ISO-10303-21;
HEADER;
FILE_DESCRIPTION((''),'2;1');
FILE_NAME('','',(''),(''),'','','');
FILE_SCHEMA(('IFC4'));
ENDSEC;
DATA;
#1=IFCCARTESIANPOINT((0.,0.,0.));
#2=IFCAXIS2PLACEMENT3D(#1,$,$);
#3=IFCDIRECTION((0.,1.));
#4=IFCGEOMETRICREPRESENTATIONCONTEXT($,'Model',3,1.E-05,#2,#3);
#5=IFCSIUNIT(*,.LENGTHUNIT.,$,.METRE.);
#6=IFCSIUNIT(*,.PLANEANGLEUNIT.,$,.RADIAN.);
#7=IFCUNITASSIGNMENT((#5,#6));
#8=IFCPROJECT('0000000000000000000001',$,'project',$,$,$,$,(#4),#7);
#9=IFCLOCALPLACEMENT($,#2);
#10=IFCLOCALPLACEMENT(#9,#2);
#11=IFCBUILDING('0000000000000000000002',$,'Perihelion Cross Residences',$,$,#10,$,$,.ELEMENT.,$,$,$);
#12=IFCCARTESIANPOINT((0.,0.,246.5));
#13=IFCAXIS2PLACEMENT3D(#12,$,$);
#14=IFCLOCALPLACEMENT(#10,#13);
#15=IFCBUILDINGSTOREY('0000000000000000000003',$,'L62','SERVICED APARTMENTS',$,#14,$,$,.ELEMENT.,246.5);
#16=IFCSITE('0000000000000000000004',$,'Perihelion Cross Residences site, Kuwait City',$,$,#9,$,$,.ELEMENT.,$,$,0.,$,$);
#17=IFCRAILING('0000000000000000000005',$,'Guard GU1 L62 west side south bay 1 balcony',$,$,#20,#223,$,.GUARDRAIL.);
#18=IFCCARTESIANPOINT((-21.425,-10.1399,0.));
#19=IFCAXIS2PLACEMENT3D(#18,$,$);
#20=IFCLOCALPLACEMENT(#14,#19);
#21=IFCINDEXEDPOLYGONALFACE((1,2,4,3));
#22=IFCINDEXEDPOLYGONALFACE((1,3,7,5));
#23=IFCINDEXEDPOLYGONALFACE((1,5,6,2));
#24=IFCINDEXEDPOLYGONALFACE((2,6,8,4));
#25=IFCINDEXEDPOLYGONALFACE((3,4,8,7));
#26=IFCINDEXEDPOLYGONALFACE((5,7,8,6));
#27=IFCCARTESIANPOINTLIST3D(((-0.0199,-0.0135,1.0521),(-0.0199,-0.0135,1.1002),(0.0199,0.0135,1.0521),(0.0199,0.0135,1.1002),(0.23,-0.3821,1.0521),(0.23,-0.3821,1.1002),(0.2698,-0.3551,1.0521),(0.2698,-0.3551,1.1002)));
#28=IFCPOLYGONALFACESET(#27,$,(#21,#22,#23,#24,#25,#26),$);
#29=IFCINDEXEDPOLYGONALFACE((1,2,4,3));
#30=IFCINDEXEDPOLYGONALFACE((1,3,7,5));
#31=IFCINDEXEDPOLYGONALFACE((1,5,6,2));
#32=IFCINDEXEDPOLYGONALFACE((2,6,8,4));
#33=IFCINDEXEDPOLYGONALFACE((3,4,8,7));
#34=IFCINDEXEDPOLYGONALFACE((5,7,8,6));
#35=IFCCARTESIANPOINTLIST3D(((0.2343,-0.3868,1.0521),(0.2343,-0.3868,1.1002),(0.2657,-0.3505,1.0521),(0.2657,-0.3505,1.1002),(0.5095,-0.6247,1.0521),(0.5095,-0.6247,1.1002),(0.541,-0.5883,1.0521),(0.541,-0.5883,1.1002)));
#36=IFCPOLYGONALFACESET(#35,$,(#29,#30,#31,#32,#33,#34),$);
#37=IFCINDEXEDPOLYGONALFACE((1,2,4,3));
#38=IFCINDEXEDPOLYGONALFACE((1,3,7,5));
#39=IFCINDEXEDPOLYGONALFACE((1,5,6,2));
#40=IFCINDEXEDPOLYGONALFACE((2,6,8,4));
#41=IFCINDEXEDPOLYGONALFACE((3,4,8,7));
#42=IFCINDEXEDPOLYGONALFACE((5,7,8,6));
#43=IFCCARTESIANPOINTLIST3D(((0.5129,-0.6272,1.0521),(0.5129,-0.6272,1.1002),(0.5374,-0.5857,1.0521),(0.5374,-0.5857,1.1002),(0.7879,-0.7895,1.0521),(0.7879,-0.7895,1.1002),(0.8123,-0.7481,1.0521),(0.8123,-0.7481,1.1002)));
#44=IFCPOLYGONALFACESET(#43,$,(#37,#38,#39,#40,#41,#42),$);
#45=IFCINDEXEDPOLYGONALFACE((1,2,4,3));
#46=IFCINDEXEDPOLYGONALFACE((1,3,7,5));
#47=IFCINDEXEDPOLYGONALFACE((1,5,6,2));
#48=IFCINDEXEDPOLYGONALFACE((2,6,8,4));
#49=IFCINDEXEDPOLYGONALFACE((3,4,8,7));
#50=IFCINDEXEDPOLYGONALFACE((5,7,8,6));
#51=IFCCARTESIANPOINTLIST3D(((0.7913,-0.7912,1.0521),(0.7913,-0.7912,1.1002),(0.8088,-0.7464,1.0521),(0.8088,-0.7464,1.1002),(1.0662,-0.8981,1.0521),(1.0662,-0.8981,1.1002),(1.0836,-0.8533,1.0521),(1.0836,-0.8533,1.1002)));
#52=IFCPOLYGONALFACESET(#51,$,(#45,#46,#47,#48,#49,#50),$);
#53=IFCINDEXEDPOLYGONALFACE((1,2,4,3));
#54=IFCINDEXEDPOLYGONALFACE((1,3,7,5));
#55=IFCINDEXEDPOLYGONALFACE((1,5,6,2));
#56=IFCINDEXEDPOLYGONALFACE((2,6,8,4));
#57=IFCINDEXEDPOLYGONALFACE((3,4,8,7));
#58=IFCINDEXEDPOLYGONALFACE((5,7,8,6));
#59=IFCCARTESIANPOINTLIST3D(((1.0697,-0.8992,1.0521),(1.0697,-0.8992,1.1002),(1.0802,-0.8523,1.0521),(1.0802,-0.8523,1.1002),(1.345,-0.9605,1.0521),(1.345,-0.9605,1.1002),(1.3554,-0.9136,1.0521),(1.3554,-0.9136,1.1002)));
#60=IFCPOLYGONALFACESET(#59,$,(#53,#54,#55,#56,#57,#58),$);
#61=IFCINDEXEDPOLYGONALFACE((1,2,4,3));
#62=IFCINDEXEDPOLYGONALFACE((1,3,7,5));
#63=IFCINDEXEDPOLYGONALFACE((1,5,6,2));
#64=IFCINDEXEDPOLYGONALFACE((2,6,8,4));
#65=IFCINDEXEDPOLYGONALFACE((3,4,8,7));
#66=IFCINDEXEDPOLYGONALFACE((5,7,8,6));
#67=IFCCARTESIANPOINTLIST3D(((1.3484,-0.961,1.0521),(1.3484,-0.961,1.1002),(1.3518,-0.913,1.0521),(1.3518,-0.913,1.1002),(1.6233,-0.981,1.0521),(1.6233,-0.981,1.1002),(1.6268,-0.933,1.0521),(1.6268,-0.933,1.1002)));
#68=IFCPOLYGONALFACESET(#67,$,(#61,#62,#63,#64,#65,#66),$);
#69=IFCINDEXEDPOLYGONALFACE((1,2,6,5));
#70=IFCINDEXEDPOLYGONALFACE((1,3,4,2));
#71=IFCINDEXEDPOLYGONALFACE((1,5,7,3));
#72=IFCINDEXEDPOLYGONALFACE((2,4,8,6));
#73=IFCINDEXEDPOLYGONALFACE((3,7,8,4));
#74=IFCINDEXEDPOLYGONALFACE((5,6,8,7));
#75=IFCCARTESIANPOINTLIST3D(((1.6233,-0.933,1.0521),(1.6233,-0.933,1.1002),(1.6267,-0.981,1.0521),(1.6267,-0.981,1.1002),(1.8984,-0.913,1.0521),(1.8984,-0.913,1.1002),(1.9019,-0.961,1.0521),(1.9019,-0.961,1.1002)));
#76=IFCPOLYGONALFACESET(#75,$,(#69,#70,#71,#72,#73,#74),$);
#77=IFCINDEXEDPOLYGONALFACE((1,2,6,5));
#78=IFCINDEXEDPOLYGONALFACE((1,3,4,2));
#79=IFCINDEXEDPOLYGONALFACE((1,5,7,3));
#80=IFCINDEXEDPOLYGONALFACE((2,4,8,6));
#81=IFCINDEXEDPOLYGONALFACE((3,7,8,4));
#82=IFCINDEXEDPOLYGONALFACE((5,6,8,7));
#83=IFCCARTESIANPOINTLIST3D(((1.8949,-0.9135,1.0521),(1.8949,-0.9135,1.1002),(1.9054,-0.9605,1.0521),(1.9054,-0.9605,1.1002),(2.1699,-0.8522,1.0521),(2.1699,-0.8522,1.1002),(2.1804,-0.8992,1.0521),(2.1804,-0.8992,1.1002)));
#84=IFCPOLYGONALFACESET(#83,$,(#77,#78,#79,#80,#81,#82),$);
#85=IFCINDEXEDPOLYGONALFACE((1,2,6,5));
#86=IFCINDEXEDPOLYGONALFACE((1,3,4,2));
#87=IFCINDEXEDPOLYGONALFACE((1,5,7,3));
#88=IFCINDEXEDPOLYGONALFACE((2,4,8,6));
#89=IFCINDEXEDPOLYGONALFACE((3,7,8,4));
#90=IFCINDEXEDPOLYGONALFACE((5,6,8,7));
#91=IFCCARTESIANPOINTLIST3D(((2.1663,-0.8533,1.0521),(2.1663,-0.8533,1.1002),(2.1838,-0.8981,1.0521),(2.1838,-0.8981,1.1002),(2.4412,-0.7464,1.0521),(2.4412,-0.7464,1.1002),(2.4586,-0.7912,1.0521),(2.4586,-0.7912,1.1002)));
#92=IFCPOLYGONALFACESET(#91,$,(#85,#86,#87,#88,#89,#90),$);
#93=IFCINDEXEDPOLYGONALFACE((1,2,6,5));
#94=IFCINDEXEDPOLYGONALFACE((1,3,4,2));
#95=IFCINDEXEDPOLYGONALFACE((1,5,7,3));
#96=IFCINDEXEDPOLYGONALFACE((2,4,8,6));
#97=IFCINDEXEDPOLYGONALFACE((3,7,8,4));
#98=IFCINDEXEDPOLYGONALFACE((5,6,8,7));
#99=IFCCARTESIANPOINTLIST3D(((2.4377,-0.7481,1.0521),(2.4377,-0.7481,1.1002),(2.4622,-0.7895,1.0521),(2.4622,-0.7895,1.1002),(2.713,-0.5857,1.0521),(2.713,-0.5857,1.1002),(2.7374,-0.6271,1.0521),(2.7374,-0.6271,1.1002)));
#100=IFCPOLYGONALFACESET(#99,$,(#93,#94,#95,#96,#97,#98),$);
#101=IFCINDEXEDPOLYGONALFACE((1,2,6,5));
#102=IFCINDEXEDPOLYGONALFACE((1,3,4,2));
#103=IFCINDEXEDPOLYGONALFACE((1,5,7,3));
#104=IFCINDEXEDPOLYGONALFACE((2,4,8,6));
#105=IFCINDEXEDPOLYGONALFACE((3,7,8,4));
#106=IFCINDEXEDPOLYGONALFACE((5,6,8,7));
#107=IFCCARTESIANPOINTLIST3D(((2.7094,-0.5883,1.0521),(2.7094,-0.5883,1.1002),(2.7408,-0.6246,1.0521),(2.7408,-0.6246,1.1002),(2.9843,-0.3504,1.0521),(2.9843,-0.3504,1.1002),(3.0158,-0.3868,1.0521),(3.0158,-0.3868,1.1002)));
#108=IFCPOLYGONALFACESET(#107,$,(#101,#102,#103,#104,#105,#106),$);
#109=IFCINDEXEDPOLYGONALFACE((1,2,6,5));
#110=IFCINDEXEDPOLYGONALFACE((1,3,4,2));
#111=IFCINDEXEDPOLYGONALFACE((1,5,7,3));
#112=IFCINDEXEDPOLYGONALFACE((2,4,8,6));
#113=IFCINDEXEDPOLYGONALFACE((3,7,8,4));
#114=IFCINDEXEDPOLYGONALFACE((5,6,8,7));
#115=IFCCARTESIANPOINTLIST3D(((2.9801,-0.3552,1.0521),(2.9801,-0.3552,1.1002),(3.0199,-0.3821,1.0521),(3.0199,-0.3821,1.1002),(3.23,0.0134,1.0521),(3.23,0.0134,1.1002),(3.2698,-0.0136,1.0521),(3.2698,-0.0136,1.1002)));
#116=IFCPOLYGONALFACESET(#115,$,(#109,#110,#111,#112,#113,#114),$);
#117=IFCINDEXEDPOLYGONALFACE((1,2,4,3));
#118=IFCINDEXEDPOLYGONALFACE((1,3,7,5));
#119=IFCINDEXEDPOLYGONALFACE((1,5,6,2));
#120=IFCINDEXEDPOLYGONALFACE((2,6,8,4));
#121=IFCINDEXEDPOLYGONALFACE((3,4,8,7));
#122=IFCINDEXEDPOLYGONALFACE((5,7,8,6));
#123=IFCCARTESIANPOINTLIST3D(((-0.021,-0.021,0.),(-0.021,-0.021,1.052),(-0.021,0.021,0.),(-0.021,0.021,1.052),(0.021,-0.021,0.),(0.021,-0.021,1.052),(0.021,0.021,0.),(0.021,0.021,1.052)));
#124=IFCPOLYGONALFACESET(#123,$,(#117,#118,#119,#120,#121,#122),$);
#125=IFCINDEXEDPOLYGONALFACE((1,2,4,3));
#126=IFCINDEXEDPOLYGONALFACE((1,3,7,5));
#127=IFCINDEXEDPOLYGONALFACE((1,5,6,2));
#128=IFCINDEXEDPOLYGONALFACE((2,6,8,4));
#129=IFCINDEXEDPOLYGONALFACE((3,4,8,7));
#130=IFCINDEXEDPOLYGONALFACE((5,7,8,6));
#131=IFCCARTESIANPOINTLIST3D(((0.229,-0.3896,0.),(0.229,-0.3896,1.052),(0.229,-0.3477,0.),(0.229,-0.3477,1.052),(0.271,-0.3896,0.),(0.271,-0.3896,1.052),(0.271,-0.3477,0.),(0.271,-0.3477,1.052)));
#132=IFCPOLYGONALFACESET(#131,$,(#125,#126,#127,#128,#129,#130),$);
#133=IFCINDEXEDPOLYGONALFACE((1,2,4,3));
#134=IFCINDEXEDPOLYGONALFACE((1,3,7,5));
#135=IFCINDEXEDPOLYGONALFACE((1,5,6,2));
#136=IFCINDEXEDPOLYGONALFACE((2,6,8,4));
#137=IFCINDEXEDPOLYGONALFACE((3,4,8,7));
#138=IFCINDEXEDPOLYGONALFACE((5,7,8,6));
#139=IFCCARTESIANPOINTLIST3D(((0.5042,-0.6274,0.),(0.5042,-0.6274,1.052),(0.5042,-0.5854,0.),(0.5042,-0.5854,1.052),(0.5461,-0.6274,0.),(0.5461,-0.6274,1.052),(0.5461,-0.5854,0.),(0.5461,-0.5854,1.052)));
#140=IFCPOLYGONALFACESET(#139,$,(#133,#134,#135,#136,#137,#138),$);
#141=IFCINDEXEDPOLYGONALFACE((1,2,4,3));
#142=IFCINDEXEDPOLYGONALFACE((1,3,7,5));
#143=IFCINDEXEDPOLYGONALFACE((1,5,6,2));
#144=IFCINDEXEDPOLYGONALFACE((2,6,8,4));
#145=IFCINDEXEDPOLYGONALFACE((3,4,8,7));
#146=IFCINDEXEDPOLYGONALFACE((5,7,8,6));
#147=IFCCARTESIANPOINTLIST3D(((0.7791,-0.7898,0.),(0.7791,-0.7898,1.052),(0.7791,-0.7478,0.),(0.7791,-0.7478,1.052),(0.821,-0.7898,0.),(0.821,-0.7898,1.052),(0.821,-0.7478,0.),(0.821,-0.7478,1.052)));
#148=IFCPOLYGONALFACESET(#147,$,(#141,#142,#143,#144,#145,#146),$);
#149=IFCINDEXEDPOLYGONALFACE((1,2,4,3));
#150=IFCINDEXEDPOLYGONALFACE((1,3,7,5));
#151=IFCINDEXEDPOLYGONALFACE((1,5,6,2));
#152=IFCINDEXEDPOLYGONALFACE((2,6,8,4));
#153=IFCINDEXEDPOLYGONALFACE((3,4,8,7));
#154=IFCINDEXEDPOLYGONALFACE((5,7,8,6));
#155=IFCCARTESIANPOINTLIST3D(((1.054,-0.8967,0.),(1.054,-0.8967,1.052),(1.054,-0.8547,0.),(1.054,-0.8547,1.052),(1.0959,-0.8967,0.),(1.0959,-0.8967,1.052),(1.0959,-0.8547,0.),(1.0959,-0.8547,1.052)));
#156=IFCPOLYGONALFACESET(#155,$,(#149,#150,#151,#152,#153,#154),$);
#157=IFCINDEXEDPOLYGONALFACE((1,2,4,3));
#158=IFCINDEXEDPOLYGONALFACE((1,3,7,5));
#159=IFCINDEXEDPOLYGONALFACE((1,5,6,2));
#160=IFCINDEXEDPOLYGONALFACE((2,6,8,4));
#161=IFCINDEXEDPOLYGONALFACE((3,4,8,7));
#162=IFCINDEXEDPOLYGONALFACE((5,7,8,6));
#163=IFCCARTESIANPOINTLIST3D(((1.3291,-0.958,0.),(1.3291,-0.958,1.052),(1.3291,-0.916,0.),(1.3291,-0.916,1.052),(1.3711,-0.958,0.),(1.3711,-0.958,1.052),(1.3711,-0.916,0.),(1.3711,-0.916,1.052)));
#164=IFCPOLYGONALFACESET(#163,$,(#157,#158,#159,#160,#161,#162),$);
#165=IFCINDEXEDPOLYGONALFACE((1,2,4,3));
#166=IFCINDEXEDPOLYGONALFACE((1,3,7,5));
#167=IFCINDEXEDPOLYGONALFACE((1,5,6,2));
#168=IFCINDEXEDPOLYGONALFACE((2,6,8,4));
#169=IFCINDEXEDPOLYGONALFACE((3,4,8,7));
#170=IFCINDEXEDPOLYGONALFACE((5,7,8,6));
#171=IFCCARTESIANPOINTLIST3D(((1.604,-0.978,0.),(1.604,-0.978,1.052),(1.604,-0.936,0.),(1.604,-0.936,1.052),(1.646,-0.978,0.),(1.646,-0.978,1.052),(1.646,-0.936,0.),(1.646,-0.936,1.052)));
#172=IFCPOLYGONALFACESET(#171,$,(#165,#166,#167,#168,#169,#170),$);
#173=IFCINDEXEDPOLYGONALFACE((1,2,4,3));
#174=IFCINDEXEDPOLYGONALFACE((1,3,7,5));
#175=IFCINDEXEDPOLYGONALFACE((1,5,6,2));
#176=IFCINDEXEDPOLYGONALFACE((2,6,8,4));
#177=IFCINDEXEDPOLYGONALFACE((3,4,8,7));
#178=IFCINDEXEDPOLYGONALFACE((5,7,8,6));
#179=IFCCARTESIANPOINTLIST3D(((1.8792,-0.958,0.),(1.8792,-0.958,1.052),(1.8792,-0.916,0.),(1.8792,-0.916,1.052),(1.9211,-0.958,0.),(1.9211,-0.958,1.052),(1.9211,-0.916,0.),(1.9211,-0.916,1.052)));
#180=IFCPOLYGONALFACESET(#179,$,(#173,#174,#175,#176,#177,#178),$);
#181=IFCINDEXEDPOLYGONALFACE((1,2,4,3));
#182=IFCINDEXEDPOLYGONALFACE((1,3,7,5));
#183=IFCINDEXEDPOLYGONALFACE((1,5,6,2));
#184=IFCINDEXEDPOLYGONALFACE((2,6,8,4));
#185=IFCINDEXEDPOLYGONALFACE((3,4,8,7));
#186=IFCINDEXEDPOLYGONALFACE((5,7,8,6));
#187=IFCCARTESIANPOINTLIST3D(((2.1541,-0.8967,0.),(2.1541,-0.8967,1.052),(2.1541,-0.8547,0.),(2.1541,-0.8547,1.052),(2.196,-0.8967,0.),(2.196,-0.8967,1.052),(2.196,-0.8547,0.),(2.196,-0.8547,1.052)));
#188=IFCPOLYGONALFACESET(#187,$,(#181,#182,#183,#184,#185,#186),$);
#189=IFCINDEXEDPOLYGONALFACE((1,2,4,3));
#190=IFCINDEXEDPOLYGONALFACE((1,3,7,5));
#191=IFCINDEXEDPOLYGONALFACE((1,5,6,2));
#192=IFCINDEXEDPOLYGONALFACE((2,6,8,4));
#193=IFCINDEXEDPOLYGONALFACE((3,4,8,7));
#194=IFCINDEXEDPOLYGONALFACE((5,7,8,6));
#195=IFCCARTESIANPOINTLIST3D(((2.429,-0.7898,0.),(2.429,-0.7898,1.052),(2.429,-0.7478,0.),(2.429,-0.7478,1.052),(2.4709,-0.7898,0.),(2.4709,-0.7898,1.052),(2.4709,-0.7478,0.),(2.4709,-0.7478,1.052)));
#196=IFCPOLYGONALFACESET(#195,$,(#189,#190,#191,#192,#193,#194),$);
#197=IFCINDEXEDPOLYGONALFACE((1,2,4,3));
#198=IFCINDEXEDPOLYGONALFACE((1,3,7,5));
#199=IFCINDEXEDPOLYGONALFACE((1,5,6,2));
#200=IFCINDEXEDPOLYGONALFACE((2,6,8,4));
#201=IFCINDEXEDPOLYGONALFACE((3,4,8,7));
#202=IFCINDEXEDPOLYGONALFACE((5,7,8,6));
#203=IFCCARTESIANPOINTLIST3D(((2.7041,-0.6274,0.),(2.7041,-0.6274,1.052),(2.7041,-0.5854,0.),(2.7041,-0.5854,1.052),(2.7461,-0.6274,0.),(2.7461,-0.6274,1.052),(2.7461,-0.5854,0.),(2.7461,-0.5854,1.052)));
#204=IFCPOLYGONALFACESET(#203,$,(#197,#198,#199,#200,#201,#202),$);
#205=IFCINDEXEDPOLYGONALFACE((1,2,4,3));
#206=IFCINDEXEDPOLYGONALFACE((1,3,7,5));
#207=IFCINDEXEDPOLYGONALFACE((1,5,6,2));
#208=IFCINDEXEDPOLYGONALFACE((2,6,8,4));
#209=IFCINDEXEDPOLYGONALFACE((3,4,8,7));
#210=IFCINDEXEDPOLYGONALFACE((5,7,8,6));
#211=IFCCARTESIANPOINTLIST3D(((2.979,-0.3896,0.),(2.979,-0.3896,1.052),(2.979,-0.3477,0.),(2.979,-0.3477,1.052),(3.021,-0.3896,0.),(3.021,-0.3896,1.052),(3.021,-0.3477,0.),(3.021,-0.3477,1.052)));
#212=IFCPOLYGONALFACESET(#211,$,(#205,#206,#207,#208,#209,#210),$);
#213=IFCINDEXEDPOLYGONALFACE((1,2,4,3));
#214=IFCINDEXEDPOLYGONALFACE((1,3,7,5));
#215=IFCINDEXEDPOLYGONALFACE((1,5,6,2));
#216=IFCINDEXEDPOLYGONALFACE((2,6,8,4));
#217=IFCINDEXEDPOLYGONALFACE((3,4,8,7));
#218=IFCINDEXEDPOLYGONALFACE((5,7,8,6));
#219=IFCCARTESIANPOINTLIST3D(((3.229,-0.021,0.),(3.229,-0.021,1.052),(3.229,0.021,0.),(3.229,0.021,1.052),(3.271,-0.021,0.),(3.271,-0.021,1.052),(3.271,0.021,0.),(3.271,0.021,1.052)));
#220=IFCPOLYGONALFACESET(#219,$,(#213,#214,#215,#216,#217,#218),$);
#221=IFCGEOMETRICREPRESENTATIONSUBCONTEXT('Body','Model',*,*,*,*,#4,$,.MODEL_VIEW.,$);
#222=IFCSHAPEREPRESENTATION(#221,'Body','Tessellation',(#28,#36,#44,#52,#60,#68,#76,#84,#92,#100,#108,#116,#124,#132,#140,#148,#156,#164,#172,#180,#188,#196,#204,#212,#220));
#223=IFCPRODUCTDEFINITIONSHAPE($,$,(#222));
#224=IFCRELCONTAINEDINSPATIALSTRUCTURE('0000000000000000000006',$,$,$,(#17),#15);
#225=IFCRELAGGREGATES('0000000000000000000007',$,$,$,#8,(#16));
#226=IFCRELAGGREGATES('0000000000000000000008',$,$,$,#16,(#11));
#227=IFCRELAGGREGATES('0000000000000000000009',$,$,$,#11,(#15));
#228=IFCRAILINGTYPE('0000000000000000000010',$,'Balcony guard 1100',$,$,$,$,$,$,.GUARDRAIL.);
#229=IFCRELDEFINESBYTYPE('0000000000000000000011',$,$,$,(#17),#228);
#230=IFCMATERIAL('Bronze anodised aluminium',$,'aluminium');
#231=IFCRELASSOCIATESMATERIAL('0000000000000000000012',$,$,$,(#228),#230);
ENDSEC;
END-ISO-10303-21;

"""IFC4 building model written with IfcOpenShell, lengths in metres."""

from ifc_helpers import new_model, si_unit, direction, frame, origin, origin_2d, place, context, subcontext, project, spatial, rectangle, extrude, material, type_object, element, save


model = new_model("IFC4")

# Units and contexts
model_context = context("Model", 3, precision=1e-05, world=origin(), true_north=direction((0.0, 1.0)))
body_context = subcontext(model_context, "Body", "Model", "MODEL_VIEW")
ifc_project = project(units=[si_unit("LENGTHUNIT", "METRE"), si_unit("PLANEANGLEUNIT", "RADIAN")], contexts=[model_context])

# Site, building, storey
site_placement = place(None, origin())
site = spatial("IfcSite", under=ifc_project, at=site_placement, Name="Perihelion Cross Residences site, Kuwait City", CompositionType="ELEMENT", RefElevation=0.0)
building_placement = place(site_placement, origin())
building = spatial("IfcBuilding", under=site, at=building_placement, Name="Perihelion Cross Residences", CompositionType="ELEMENT")
storey_placement = place(building_placement, frame((0.0, 0.0, 246.5)))
storey = spatial("IfcBuildingStorey", under=building, at=storey_placement, Name="L62", Description="SERVICED APARTMENTS", CompositionType="ELEMENT", Elevation=246.5)

# Railing
ifc_material_1 = material(Name="Bronze anodised aluminium", Category="aluminium")
railing_type_1 = type_object("IfcRailingType", Name="Balcony guard 1100", PredefinedType="GUARDRAIL", material=ifc_material_1)
railing_1_placement = place(storey_placement, frame((-21.425, -10.1399, 0.0)))
element("IfcRailing", 1, at=railing_1_placement, inside=storey, type_object=railing_type_1, Name="Guard GU1 L62 west side south bay 1 balcony", PredefinedType="GUARDRAIL", context=body_context, shape_type="SweptSolid", body=[
    extrude(rectangle(XDim=0.0481, YDim=0.0481, at=origin_2d()), frame((0.0, 0.0, 1.0762), z_axis=(0.56126, -0.827639, 0.0), x_axis=(0.827639, 0.56126, 0.0)), (0.0, 0.0, 1.0), 0.4453),
    extrude(rectangle(XDim=0.0481, YDim=0.0481, at=origin_2d()), frame((0.25, -0.3687, 1.0762), z_axis=(0.756597, -0.653882, 0.0), x_axis=(0.653882, 0.756597, 0.0)), (0.0, 0.0, 1.0), 0.3638),
    extrude(rectangle(XDim=0.0481, YDim=0.0481, at=origin_2d()), frame((0.5251, -0.6064, 1.0762), z_axis=(0.861048, -0.508523, 0.0), x_axis=(0.508523, 0.861048, 0.0)), (0.0, 0.0, 1.0), 0.3193),
    extrude(rectangle(XDim=0.0481, YDim=0.0481, at=origin_2d()), frame((0.8, -0.7688, 1.0762), z_axis=(0.931974, -0.362526, 0.0), x_axis=(0.362526, 0.931974, 0.0)), (0.0, 0.0, 1.0), 0.2949),
    extrude(rectangle(XDim=0.0481, YDim=0.0481, at=origin_2d()), frame((1.075, -0.8757, 1.0762), z_axis=(0.976085, -0.217389, 0.0), x_axis=(0.217389, 0.976085, 0.0)), (0.0, 0.0, 1.0), 0.282),
    extrude(rectangle(XDim=0.0481, YDim=0.0481, at=origin_2d()), frame((1.3501, -0.937, 1.0762), z_axis=(0.997359, -0.072632, 0.0), x_axis=(0.072632, 0.997359, 0.0)), (0.0, 0.0, 1.0), 0.2756),
    extrude(rectangle(XDim=0.0481, YDim=0.0481, at=origin_2d()), frame((1.625, -0.957, 1.0762), z_axis=(0.997363, 0.072568, 0.0), x_axis=(-0.072568, 0.997363, 0.0)), (0.0, 0.0, 1.0), 0.2759),
    extrude(rectangle(XDim=0.0481, YDim=0.0481, at=origin_2d()), frame((1.9001, -0.937, 1.0762), z_axis=(0.976044, 0.217573, 0.0), x_axis=(-0.217573, 0.976044, 0.0)), (0.0, 0.0, 1.0), 0.2817),
    extrude(rectangle(XDim=0.0481, YDim=0.0481, at=origin_2d()), frame((2.175, -0.8757, 1.0762), z_axis=(0.931974, 0.362526, 0.0), x_axis=(-0.362526, 0.931974, 0.0)), (0.0, 0.0, 1.0), 0.2949),
    extrude(rectangle(XDim=0.0481, YDim=0.0481, at=origin_2d()), frame((2.45, -0.7688, 1.0762), z_axis=(0.861246, 0.508189, 0.0), x_axis=(-0.508189, 0.861246, 0.0)), (0.0, 0.0, 1.0), 0.3196),
    extrude(rectangle(XDim=0.0481, YDim=0.0481, at=origin_2d()), frame((2.7251, -0.6064, 1.0762), z_axis=(0.756309, 0.654214, 0.0), x_axis=(-0.654214, 0.756309, 0.0)), (0.0, 0.0, 1.0), 0.3635),
    extrude(rectangle(XDim=0.0481, YDim=0.0481, at=origin_2d()), frame((3.0, -0.3687, 1.0762), z_axis=(0.56126, 0.827639, 0.0), x_axis=(-0.827639, 0.56126, 0.0)), (0.0, 0.0, 1.0), 0.4453),
    extrude(rectangle(XDim=0.042, YDim=0.042, at=origin_2d()), origin(), (0.0, 0.0, 1.0), 1.052),
    extrude(rectangle(XDim=0.042, YDim=0.042, at=origin_2d()), frame((0.25, -0.3687, 0.0)), (0.0, 0.0, 1.0), 1.052),
    extrude(rectangle(XDim=0.042, YDim=0.042, at=origin_2d()), frame((0.5251, -0.6064, 0.0)), (0.0, 0.0, 1.0), 1.052),
    extrude(rectangle(XDim=0.042, YDim=0.042, at=origin_2d()), frame((0.8, -0.7688, 0.0)), (0.0, 0.0, 1.0), 1.052),
    extrude(rectangle(XDim=0.042, YDim=0.042, at=origin_2d()), frame((1.075, -0.8757, 0.0)), (0.0, 0.0, 1.0), 1.052),
    extrude(rectangle(XDim=0.042, YDim=0.042, at=origin_2d()), frame((1.3501, -0.937, 0.0)), (0.0, 0.0, 1.0), 1.052),
    extrude(rectangle(XDim=0.042, YDim=0.042, at=origin_2d()), frame((1.625, -0.957, 0.0)), (0.0, 0.0, 1.0), 1.052),
    extrude(rectangle(XDim=0.042, YDim=0.042, at=origin_2d()), frame((1.9001, -0.937, 0.0)), (0.0, 0.0, 1.0), 1.052),
    extrude(rectangle(XDim=0.042, YDim=0.042, at=origin_2d()), frame((2.175, -0.8757, 0.0)), (0.0, 0.0, 1.0), 1.052),
    extrude(rectangle(XDim=0.042, YDim=0.042, at=origin_2d()), frame((2.45, -0.7688, 0.0)), (0.0, 0.0, 1.0), 1.052),
    extrude(rectangle(XDim=0.042, YDim=0.042, at=origin_2d()), frame((2.7251, -0.6064, 0.0)), (0.0, 0.0, 1.0), 1.052),
    extrude(rectangle(XDim=0.042, YDim=0.042, at=origin_2d()), frame((3.0, -0.3687, 0.0)), (0.0, 0.0, 1.0), 1.052),
    extrude(rectangle(XDim=0.042, YDim=0.042, at=origin_2d()), frame((3.25, 0.0, 0.0)), (0.0, 0.0, 1.0), 1.052),
])

save(model, "model.ifc")
